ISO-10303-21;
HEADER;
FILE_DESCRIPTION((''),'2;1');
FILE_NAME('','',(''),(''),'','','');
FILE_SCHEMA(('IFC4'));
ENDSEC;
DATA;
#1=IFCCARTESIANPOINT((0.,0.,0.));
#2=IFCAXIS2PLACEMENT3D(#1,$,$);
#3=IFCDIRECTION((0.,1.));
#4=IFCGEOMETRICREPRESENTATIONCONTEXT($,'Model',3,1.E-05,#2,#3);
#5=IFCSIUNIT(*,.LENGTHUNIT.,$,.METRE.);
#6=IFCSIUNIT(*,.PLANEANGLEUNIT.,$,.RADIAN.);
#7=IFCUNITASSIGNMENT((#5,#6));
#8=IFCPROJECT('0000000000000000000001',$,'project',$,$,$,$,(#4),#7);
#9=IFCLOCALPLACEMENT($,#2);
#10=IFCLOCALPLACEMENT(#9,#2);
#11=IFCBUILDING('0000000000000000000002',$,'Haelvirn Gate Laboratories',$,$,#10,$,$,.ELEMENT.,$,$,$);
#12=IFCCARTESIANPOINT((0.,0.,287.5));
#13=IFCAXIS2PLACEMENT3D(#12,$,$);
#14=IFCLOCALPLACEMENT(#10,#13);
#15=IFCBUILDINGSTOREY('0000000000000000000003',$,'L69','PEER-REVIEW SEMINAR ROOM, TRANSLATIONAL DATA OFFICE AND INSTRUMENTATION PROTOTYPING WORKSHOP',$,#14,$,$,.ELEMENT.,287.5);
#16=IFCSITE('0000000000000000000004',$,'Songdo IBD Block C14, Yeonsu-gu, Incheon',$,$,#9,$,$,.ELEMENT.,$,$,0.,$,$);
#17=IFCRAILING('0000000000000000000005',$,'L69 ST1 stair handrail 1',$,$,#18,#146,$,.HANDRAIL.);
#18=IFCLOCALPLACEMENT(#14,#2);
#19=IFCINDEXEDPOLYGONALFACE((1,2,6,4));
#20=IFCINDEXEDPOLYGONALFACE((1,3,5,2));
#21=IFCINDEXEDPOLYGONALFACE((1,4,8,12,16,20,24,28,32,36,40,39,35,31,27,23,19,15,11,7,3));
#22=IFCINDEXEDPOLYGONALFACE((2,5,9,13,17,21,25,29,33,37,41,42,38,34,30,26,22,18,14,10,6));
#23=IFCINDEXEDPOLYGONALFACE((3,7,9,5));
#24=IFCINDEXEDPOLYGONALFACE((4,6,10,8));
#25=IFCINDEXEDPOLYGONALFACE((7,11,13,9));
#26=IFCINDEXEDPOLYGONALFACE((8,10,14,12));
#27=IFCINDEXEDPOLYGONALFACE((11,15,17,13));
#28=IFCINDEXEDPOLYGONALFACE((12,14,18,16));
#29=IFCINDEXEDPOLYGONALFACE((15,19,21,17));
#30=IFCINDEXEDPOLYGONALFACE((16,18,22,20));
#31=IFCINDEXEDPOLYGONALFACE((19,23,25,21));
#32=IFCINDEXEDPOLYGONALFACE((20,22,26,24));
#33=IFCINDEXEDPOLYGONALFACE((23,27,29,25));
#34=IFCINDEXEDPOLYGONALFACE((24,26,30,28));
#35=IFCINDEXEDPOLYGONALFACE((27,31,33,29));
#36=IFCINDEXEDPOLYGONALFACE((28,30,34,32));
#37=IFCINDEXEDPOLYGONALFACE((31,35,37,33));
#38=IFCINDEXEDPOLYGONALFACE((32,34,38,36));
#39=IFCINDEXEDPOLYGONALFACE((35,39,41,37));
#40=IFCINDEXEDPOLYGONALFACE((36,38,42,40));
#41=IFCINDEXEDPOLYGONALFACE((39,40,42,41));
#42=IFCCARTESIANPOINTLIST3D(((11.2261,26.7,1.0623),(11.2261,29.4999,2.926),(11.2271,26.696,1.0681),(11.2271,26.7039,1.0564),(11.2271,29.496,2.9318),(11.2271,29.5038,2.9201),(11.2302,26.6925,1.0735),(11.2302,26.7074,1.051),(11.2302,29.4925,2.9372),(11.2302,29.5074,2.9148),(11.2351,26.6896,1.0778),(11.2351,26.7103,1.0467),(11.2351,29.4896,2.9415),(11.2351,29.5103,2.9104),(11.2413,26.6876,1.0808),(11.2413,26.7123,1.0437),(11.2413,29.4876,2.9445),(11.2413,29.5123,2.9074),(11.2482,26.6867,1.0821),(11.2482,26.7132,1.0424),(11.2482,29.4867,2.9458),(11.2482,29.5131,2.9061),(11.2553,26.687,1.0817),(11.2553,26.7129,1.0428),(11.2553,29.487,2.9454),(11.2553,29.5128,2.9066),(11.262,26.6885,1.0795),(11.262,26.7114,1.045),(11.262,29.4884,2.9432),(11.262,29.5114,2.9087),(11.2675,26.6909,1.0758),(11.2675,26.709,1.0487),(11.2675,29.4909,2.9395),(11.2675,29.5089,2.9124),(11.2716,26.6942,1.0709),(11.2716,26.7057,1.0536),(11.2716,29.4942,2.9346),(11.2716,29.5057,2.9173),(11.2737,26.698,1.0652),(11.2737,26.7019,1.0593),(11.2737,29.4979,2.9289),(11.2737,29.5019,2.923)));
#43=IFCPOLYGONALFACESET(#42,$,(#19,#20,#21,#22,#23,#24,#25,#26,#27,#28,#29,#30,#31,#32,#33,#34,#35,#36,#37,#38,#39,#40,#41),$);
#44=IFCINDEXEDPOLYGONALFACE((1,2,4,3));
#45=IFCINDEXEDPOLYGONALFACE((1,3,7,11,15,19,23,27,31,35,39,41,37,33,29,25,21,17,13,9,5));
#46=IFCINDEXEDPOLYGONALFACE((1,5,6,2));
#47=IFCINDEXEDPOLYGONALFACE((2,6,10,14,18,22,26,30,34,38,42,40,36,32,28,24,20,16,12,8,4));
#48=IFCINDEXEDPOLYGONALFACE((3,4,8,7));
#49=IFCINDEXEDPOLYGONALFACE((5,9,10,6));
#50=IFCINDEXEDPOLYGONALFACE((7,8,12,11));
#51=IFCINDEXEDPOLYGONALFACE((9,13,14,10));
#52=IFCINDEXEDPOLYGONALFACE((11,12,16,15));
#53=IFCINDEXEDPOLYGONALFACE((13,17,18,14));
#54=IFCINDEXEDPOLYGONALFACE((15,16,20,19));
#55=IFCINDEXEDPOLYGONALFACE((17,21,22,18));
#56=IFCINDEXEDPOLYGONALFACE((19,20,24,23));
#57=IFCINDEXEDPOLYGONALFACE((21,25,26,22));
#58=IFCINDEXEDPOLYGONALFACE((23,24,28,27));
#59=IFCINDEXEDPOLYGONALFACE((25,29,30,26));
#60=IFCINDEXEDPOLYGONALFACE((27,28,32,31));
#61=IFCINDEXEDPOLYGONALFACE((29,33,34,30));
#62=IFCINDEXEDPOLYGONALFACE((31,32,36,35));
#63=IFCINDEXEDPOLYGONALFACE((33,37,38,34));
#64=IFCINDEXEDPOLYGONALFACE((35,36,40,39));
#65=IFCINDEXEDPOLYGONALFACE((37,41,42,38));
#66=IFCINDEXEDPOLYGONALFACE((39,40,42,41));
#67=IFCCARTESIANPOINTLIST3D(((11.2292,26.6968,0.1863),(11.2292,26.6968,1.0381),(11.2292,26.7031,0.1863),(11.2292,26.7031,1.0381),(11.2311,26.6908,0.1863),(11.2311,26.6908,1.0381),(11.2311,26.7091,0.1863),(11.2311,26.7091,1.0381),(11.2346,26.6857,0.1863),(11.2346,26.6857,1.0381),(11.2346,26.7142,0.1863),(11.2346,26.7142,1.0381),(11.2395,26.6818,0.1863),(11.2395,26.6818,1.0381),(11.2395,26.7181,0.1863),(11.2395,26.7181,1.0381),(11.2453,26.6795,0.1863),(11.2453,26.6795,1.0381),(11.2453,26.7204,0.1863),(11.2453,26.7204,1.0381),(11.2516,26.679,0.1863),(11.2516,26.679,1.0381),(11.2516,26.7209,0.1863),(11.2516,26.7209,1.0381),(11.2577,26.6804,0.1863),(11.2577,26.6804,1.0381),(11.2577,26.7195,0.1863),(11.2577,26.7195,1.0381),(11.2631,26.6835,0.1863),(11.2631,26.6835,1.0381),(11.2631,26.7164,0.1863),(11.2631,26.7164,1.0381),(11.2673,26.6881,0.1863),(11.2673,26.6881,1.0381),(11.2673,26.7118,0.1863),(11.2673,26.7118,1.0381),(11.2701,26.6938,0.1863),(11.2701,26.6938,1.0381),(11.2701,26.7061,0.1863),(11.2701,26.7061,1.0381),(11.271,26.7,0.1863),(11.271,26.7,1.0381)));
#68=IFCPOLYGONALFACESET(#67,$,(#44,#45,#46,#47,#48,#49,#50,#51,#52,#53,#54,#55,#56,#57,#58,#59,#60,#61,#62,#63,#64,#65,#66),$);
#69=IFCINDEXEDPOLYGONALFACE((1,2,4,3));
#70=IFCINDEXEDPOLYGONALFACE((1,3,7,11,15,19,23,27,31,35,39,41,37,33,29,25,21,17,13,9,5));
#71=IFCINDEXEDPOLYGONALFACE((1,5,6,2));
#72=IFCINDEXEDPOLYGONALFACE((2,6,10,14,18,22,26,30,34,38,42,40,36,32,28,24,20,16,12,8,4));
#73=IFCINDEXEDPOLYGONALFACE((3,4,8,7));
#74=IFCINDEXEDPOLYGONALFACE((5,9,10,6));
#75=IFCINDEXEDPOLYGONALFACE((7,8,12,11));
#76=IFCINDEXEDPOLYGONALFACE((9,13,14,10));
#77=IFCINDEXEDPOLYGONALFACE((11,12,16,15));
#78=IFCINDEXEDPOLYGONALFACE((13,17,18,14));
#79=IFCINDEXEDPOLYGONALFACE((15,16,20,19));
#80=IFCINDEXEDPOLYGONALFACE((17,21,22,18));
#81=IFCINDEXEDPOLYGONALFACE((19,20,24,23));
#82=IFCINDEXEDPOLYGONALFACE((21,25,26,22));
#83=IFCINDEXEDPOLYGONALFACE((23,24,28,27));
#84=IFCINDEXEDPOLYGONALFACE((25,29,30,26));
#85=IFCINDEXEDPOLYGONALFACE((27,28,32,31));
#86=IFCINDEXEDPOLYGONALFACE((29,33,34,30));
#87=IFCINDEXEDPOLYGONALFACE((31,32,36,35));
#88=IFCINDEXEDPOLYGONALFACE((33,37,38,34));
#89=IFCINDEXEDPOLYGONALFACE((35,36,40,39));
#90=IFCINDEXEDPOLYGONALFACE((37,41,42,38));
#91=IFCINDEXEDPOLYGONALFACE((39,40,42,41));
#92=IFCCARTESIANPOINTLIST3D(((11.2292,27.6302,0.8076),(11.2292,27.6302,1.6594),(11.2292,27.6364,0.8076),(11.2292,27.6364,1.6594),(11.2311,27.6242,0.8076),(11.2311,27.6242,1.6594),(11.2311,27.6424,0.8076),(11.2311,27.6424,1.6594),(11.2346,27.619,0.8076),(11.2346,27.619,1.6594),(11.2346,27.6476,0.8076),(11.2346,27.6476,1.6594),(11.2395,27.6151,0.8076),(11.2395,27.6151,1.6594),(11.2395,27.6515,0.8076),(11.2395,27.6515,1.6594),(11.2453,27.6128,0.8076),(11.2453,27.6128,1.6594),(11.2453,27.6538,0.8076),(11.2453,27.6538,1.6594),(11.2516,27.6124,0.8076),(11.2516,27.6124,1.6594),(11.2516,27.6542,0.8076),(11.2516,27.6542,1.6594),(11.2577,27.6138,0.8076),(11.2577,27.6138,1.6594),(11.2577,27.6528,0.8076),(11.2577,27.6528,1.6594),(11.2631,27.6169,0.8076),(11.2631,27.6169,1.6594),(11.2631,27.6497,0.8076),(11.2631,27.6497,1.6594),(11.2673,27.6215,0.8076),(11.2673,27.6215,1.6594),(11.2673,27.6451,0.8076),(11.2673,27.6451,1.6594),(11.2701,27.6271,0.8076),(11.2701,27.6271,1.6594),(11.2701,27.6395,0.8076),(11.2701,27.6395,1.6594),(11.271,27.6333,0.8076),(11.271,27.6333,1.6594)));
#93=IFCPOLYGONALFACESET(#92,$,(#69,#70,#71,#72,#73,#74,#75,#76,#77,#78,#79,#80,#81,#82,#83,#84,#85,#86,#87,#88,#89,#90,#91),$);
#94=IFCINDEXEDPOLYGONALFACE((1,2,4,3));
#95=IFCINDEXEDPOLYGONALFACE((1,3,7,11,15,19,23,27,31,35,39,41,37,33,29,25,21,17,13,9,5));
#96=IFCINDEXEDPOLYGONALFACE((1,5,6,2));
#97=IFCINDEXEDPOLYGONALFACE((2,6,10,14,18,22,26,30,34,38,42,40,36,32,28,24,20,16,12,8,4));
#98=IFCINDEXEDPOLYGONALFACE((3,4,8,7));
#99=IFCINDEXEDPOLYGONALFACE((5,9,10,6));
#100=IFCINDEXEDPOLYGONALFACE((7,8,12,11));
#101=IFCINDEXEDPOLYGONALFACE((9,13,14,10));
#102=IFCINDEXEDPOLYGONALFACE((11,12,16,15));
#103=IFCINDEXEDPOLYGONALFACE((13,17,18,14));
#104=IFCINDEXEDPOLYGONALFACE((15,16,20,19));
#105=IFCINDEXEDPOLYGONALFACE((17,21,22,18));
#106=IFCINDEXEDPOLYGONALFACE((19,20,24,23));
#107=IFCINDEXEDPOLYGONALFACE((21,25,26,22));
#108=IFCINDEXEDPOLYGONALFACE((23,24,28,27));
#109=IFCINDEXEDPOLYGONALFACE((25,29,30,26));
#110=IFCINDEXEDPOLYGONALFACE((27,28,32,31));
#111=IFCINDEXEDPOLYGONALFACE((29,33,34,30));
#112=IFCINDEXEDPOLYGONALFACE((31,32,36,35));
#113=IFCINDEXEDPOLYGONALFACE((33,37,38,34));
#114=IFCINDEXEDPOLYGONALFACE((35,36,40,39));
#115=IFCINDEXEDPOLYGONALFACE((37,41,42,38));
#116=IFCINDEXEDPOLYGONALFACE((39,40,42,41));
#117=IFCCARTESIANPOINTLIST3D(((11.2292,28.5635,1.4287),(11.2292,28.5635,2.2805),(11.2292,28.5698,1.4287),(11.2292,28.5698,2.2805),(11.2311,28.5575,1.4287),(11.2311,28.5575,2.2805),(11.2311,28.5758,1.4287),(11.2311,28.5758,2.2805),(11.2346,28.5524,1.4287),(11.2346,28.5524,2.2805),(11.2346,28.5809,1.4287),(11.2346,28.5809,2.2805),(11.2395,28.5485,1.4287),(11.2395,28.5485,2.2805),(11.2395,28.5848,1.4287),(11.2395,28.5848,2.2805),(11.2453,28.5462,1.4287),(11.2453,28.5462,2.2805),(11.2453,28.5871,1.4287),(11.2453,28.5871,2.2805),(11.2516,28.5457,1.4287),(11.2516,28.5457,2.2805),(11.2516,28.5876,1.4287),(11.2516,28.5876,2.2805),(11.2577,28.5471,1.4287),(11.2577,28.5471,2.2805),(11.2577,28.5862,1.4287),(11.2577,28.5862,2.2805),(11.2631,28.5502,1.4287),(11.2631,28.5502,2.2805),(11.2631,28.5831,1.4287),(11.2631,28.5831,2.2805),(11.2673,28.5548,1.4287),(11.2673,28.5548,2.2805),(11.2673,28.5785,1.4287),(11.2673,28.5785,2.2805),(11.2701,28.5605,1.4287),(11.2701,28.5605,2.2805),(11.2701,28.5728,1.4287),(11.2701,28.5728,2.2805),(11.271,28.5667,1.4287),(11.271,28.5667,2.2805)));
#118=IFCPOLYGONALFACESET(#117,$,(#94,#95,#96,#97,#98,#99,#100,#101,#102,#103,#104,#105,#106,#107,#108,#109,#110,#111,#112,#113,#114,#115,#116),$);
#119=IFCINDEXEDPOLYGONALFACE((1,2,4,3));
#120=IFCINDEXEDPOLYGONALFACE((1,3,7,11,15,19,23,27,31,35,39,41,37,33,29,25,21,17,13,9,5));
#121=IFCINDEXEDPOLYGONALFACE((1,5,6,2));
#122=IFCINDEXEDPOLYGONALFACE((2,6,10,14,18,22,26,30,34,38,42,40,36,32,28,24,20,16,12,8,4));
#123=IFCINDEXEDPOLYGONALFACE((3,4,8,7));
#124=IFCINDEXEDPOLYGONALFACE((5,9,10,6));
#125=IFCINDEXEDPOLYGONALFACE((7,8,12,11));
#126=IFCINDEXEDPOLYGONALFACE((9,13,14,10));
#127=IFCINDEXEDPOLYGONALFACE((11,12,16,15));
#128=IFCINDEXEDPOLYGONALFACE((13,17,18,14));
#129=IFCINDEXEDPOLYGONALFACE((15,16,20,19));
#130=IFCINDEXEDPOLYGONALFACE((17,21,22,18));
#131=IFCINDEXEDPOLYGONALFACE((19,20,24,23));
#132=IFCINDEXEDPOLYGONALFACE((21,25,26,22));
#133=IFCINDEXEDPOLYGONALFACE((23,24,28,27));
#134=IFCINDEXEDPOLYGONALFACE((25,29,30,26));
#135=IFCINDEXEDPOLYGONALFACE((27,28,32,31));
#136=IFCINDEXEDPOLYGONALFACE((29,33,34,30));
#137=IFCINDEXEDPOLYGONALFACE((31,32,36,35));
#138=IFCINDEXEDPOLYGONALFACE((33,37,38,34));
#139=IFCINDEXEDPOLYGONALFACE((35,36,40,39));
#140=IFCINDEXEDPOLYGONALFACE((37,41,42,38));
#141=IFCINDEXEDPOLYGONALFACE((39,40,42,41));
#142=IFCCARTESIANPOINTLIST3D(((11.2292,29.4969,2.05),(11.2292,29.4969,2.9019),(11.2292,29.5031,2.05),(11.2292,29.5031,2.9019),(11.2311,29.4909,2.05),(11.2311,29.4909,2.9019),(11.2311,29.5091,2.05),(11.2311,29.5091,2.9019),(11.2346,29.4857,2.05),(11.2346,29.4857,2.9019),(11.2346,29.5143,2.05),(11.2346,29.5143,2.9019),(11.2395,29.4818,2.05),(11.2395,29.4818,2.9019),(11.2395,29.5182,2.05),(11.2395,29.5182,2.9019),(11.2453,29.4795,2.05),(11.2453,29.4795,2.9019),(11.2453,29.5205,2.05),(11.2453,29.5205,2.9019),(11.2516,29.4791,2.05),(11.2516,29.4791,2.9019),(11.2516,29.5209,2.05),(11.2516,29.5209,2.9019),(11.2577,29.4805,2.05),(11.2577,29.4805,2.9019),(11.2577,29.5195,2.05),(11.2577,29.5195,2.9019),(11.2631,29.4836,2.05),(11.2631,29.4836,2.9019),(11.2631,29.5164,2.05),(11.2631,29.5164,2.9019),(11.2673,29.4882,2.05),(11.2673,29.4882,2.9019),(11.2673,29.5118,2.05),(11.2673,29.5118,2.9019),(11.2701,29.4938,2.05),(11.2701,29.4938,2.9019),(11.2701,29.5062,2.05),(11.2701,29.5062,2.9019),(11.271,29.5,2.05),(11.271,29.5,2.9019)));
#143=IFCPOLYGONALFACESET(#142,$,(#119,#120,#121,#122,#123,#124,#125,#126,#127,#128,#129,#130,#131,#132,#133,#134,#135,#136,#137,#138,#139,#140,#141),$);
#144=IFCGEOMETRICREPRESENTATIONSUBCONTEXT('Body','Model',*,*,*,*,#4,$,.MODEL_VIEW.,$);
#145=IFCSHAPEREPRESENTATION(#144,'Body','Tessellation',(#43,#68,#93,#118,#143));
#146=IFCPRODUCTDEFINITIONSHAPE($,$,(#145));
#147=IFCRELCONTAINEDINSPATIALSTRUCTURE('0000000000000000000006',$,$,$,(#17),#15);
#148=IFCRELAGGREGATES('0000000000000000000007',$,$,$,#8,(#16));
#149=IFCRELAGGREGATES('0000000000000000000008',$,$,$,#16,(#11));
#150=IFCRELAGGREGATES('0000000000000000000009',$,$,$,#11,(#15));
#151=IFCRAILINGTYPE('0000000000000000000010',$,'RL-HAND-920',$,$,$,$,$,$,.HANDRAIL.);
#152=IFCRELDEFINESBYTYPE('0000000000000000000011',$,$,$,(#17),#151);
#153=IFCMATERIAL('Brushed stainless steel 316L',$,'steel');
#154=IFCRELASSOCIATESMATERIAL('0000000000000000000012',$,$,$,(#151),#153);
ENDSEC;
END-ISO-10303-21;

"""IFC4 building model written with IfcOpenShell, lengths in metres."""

from ifc_helpers import new_model, si_unit, direction, frame, origin, origin_2d, place, context, subcontext, project, spatial, circle, extrude, source, transform, mapped, material, type_object, element, save


model = new_model("IFC4")

# Units and contexts
model_context = context("Model", 3, precision=1e-05, world=origin(), true_north=direction((0.0, 1.0)))
body_context = subcontext(model_context, "Body", "Model", "MODEL_VIEW")
ifc_project = project(units=[si_unit("LENGTHUNIT", "METRE"), si_unit("PLANEANGLEUNIT", "RADIAN")], contexts=[model_context])

# Site, building, storey
site_placement = place(None, origin())
site = spatial("IfcSite", under=ifc_project, at=site_placement, Name="Songdo IBD Block C14, Yeonsu-gu, Incheon", CompositionType="ELEMENT", RefElevation=0.0)
building_placement = place(site_placement, origin())
building = spatial("IfcBuilding", under=site, at=building_placement, Name="Haelvirn Gate Laboratories", CompositionType="ELEMENT")
storey_placement = place(building_placement, frame((0.0, 0.0, 287.5)))
storey = spatial("IfcBuildingStorey", under=building, at=storey_placement, Name="L69", Description="PEER-REVIEW SEMINAR ROOM, TRANSLATIONAL DATA OFFICE AND INSTRUMENTATION PROTOTYPING WORKSHOP", CompositionType="ELEMENT", Elevation=287.5)

# Railing
ifc_material_1 = material(Name="Brushed stainless steel 316L", Category="steel")
railing_type_1 = type_object("IfcRailingType", Name="RL-HAND-920", PredefinedType="HANDRAIL", material=ifc_material_1)
shared_shape_1 = source(origin(), body_context, "Body", "SweptSolid", [
    extrude(circle(Radius=0.0239, at=origin_2d()), frame((0.0, 0.0, 0.876), z_axis=(0.0, 0.832452, 0.554097), x_axis=(-1.0, 0.0, 0.0)), (0.0, 0.0, 1.0), 3.3635),
    extrude(circle(Radius=0.021, at=origin_2d()), origin(), (0.0, 0.0, 1.0), 0.8518),
    extrude(circle(Radius=0.021, at=origin_2d()), frame((0.0, 0.9333, 0.6213)), (0.0, 0.0, 1.0), 0.8518),
    extrude(circle(Radius=0.021, at=origin_2d()), frame((0.0, 1.8667, 1.2424)), (0.0, 0.0, 1.0), 0.8518),
    extrude(circle(Radius=0.021, at=origin_2d()), frame((0.0, 2.8, 1.8638)), (0.0, 0.0, 1.0), 0.8518),
])
railing_1_placement = place(storey_placement, frame((11.25, 26.7, 0.1863)))
element("IfcRailing", 1, at=railing_1_placement, inside=storey, type_object=railing_type_1, Name="L69 ST1 stair handrail 1", PredefinedType="HANDRAIL", context=body_context, shape_type="MappedRepresentation", body=[
    mapped(shared_shape_1, transform((0.0, 0.0, 0.0), scale=1.0)),
])

save(model, "model.ifc")
